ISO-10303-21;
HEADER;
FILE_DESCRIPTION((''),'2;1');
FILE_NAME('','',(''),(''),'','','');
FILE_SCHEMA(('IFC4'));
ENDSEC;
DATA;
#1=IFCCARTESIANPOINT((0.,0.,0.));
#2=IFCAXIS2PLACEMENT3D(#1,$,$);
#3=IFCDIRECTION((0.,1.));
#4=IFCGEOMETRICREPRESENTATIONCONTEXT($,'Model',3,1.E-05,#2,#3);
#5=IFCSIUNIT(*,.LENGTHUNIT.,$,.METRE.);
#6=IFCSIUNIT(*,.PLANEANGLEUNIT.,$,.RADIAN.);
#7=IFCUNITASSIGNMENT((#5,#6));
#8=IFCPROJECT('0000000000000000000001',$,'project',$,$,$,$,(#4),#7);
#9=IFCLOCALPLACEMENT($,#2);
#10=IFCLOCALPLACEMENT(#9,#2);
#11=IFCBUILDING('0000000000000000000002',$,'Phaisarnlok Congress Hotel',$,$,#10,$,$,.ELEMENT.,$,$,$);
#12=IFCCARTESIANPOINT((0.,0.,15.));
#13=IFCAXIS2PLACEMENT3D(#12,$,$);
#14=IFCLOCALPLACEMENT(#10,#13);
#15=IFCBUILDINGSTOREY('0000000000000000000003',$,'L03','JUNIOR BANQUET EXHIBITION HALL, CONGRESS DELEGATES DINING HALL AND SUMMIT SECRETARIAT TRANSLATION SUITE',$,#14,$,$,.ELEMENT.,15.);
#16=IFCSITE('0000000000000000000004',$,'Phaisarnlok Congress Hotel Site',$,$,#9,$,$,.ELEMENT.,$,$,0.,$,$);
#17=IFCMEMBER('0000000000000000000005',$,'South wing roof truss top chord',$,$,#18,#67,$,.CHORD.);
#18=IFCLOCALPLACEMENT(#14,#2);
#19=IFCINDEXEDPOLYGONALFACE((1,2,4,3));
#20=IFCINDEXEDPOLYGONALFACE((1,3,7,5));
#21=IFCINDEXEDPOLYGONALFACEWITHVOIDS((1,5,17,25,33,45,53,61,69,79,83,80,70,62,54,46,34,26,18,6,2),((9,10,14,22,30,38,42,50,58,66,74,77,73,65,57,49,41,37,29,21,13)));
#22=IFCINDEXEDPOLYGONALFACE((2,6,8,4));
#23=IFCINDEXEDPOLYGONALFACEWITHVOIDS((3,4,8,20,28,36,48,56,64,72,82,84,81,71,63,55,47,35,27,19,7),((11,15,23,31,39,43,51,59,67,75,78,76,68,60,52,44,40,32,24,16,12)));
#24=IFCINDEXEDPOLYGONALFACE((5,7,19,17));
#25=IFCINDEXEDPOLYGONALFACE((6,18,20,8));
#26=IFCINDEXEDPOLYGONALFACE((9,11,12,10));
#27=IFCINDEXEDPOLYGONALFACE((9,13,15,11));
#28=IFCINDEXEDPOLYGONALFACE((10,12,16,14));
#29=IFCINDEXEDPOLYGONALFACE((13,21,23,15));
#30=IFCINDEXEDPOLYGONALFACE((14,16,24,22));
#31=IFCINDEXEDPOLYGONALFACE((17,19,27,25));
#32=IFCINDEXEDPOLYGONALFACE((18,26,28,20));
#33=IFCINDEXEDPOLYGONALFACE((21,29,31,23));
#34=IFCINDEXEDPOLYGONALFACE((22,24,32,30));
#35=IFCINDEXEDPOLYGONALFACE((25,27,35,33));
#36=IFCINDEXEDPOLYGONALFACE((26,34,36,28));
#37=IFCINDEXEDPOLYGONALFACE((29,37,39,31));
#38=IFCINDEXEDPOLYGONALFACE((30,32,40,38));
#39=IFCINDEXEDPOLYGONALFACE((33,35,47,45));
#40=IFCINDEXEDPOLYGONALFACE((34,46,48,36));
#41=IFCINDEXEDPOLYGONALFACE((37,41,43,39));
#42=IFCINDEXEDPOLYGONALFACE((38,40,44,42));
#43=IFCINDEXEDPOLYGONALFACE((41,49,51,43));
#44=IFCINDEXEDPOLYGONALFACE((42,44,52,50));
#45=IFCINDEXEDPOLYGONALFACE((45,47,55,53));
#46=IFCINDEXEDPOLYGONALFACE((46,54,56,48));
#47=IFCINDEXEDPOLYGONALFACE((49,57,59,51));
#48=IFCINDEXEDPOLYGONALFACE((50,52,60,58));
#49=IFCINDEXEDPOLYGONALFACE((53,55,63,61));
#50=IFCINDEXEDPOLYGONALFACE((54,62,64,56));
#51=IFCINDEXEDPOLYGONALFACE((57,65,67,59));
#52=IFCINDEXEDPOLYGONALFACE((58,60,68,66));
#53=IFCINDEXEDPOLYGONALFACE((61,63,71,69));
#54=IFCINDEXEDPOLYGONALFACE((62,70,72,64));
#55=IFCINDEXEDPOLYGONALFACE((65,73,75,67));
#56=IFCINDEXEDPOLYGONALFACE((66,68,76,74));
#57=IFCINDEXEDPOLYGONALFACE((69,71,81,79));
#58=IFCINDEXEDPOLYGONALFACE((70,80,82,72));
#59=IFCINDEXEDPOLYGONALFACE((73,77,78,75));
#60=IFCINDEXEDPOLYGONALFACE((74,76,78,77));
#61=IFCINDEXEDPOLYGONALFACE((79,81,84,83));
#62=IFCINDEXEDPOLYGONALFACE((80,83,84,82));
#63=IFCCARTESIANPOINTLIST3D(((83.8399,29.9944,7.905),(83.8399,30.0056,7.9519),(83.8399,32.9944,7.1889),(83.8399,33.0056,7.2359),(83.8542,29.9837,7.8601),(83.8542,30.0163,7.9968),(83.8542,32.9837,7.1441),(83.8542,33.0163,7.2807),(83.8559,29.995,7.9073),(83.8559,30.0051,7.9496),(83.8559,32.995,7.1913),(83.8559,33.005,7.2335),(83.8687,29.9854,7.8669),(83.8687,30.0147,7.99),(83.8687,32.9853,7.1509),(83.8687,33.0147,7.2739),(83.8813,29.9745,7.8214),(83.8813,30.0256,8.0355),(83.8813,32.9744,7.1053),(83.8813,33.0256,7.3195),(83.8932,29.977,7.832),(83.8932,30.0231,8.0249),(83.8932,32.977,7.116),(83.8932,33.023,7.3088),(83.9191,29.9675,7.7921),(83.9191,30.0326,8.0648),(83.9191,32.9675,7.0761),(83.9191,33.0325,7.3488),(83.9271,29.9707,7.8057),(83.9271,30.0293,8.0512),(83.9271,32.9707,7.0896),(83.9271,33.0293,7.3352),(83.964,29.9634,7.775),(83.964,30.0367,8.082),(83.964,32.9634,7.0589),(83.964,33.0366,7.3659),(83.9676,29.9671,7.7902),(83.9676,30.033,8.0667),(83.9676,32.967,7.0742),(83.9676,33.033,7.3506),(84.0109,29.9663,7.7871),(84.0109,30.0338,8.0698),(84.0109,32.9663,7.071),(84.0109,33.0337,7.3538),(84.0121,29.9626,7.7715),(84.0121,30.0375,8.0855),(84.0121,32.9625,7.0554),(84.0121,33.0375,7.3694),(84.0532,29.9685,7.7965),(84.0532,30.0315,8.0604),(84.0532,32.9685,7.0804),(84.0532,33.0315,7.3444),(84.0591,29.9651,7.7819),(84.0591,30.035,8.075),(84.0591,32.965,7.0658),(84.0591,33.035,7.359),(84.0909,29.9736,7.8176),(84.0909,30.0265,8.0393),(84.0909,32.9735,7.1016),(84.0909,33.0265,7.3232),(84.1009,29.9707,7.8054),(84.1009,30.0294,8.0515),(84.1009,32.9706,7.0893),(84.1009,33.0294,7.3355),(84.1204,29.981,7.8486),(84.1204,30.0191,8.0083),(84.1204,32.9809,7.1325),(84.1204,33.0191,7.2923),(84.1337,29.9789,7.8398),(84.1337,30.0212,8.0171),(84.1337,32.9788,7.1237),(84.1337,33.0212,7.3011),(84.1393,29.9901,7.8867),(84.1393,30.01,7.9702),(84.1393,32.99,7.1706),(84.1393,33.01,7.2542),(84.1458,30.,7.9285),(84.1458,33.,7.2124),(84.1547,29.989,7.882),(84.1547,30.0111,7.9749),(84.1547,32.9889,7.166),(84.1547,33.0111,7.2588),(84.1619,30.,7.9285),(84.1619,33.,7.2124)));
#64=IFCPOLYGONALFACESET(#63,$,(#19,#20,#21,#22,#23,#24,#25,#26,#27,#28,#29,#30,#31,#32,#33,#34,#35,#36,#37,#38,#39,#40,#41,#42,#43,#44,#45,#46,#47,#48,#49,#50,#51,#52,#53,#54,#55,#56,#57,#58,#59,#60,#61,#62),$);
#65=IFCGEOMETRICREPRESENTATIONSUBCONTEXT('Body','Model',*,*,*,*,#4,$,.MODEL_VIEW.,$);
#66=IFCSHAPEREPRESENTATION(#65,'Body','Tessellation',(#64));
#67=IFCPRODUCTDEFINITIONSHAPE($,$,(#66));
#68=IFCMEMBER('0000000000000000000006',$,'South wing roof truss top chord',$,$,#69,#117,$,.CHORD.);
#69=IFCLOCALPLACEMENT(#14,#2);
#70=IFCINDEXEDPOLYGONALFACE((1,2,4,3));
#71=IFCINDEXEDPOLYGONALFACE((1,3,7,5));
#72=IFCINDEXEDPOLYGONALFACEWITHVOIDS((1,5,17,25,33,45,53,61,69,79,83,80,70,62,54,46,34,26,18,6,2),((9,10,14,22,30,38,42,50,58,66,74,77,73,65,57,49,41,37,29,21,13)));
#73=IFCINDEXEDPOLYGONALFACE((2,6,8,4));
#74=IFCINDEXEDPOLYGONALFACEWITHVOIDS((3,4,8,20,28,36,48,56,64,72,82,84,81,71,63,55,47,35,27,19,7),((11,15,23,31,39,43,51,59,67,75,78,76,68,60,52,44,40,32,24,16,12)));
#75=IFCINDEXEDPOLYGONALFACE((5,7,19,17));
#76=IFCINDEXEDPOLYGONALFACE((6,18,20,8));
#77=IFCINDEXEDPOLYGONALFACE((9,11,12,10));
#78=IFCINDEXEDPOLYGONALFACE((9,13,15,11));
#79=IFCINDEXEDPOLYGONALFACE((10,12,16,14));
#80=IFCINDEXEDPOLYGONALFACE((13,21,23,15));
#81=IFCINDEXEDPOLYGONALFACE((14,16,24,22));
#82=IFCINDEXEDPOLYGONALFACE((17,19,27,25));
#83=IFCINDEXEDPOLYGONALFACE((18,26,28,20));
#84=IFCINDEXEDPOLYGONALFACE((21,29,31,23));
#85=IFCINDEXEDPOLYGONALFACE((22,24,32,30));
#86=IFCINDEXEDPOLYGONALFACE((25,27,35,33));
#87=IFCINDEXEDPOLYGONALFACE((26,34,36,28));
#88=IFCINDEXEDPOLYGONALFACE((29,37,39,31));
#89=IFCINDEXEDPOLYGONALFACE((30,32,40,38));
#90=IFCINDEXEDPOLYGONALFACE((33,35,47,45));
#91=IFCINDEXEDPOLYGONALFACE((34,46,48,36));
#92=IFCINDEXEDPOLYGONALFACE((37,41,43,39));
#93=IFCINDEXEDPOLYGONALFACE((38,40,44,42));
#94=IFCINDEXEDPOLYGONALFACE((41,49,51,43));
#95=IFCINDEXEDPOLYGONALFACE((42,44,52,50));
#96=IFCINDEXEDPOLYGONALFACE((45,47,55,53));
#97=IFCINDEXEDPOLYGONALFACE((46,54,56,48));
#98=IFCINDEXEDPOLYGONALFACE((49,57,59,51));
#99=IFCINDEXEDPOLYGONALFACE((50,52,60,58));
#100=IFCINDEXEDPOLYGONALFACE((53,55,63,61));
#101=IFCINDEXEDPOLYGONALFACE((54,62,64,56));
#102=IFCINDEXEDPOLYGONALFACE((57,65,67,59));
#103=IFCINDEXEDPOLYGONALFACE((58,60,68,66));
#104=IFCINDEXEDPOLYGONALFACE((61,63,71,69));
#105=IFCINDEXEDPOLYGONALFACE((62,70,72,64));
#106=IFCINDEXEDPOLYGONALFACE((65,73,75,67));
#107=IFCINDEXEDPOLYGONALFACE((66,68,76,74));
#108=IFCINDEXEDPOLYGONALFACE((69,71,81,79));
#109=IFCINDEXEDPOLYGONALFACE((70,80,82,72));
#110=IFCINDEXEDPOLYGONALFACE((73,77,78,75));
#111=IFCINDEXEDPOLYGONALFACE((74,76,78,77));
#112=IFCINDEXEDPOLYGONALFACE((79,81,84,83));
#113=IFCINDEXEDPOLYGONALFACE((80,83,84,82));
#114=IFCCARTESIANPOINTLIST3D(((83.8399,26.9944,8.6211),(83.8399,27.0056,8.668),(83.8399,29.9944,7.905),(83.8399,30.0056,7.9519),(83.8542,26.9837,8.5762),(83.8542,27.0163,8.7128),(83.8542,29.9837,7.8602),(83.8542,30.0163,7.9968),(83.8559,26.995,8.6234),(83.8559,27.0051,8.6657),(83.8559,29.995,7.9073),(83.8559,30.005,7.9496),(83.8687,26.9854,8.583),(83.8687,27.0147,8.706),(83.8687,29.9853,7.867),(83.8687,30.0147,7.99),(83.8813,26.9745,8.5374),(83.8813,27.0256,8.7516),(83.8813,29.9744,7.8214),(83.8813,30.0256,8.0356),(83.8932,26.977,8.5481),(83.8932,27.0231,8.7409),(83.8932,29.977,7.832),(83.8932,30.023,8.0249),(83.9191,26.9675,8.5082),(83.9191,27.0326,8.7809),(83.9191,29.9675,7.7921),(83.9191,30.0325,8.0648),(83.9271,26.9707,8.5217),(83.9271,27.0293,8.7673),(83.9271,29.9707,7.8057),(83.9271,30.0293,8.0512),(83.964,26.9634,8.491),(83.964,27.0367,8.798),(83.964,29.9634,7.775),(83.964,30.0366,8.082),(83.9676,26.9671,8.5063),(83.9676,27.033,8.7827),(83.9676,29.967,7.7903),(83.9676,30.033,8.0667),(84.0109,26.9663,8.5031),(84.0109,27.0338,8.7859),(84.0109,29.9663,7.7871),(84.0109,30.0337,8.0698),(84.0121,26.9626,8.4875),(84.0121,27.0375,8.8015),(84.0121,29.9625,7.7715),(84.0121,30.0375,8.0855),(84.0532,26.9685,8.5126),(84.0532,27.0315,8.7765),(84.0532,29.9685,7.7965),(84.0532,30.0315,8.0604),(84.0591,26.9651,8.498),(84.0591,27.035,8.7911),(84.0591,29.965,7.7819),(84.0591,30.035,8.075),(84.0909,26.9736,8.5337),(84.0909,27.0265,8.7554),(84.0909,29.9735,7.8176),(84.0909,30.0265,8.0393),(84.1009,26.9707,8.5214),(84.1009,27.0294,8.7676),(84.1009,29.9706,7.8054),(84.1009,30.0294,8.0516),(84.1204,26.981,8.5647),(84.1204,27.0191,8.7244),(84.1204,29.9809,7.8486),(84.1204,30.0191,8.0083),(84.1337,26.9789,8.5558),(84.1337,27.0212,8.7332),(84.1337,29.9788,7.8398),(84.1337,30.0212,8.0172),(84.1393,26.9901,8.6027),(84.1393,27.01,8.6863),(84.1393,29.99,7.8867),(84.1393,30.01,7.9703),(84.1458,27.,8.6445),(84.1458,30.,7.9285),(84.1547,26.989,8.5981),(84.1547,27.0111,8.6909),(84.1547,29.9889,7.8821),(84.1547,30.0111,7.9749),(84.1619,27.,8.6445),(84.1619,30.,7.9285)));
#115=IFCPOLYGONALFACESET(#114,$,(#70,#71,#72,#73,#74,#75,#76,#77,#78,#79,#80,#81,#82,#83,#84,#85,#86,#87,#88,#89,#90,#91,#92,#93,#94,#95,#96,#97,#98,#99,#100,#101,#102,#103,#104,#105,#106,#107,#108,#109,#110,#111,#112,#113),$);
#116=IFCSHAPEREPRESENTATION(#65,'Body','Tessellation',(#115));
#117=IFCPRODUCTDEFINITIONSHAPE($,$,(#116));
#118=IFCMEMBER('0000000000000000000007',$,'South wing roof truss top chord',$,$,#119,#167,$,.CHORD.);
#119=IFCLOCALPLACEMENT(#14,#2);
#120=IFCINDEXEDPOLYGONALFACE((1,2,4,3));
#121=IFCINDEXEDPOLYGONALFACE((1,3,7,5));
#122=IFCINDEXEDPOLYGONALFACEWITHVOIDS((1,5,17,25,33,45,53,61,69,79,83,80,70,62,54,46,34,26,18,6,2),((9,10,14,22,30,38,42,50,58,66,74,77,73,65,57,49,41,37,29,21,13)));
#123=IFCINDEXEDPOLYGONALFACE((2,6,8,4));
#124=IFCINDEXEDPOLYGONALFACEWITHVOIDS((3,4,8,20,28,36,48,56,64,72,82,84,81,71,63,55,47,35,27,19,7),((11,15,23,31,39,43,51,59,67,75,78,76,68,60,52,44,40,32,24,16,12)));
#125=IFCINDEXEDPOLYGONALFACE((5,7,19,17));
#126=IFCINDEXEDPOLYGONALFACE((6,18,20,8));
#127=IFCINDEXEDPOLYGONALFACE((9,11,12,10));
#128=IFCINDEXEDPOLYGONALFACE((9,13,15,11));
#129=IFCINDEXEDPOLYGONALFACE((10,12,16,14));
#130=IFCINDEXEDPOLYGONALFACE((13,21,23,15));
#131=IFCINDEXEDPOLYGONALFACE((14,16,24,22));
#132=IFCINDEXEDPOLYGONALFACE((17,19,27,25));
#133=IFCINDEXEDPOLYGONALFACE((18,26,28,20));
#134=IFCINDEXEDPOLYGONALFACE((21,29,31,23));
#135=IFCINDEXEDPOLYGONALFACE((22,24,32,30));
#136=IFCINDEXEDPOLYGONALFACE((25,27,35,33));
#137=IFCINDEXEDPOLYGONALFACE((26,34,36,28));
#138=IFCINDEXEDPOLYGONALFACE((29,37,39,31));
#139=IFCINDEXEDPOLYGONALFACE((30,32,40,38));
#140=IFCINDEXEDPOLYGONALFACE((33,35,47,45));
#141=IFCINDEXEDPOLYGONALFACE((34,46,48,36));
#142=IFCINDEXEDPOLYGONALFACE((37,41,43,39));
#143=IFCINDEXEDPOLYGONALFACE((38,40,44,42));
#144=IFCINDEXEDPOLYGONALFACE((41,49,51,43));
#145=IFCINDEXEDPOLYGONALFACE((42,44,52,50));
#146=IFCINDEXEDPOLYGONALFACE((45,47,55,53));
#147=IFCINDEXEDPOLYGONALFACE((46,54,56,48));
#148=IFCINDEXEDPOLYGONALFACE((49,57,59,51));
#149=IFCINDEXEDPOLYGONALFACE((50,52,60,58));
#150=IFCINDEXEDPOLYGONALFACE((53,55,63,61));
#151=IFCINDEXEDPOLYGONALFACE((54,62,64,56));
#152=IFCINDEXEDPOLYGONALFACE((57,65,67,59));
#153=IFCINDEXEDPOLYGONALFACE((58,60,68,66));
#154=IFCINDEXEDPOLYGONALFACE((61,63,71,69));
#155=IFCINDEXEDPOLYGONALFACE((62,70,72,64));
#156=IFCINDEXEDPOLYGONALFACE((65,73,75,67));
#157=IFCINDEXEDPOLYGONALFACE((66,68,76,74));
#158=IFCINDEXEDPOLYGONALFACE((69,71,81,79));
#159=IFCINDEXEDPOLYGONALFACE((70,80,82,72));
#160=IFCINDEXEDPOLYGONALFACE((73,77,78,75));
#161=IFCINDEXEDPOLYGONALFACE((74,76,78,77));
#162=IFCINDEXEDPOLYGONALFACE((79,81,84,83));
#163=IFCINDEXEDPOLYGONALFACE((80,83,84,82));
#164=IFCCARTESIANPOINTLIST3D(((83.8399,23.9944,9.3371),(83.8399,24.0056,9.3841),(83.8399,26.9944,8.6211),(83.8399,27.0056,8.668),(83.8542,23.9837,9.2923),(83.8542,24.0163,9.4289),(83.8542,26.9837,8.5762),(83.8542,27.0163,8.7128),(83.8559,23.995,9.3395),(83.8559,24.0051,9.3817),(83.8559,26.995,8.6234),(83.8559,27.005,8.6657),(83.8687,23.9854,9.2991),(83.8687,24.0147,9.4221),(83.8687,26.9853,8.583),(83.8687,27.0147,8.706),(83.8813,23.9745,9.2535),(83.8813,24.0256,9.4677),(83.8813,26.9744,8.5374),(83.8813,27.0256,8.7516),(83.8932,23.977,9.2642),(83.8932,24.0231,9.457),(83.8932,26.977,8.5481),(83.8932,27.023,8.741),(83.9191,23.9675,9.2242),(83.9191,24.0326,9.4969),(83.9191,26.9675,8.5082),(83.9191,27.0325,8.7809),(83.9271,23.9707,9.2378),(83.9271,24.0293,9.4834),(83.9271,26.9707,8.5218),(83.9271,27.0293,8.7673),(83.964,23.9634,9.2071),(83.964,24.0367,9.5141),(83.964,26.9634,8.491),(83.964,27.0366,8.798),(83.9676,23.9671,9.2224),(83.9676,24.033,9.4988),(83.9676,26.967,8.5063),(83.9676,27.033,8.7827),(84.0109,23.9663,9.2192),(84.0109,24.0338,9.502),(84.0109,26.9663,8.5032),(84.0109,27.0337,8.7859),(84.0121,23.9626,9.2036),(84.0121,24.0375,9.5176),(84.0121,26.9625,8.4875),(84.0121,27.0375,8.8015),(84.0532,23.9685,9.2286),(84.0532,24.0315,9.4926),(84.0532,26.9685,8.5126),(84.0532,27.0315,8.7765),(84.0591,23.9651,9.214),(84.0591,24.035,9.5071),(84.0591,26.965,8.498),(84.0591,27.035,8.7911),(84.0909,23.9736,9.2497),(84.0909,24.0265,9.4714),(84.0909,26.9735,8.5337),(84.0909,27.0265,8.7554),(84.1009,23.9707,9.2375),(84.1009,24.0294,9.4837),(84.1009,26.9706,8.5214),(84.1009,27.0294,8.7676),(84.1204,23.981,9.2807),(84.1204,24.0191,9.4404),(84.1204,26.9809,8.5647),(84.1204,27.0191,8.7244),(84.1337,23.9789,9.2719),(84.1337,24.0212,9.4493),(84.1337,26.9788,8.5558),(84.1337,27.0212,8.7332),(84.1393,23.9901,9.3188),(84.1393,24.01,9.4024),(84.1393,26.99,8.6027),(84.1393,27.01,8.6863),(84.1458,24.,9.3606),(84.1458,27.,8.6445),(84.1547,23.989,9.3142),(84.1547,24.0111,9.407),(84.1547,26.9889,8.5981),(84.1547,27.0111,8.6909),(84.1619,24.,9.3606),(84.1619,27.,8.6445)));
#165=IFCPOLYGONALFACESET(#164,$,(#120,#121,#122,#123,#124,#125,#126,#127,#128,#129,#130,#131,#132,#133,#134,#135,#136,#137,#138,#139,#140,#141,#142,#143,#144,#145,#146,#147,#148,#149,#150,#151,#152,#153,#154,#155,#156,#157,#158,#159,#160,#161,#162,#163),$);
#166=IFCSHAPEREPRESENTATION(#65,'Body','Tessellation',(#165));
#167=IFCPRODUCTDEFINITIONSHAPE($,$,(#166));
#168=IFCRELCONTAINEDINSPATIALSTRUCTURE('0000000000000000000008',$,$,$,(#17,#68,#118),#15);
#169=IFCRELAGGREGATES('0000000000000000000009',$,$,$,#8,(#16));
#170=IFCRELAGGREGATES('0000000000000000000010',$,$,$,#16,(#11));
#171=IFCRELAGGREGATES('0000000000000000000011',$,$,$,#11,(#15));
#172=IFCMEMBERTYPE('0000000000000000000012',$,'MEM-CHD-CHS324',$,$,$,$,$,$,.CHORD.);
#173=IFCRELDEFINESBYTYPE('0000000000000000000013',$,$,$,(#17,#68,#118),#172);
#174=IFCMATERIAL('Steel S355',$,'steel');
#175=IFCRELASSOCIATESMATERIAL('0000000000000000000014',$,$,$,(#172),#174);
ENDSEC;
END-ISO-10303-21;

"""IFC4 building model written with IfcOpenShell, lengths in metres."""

from ifc_helpers import new_model, si_unit, direction, frame, origin, origin_2d, place, context, subcontext, project, spatial, hollow_circle, extrude, material, material_profile, profile_set, type_object, element, save


model = new_model("IFC4")

# Units and contexts
model_context = context("Model", 3, precision=1e-05, world=origin(), true_north=direction((0.0, 1.0)))
body_context = subcontext(model_context, "Body", "Model", "MODEL_VIEW")
ifc_project = project(units=[si_unit("LENGTHUNIT", "METRE"), si_unit("PLANEANGLEUNIT", "RADIAN")], contexts=[model_context])

# Site, building, storey
site_placement = place(None, origin())
site = spatial("IfcSite", under=ifc_project, at=site_placement, Name="Phaisarnlok Congress Hotel Site", CompositionType="ELEMENT", RefElevation=0.0)
building_placement = place(site_placement, origin())
building = spatial("IfcBuilding", under=site, at=building_placement, Name="Phaisarnlok Congress Hotel", CompositionType="ELEMENT")
storey_placement = place(building_placement, frame((0.0, 0.0, 15.0)))
storey = spatial("IfcBuildingStorey", under=building, at=storey_placement, Name="L03", Description="JUNIOR BANQUET EXHIBITION HALL, CONGRESS DELEGATES DINING HALL AND SUMMIT SECRETARIAT TRANSLATION SUITE", CompositionType="ELEMENT", Elevation=15.0)

# Shared definitions
ifc_material_1 = material(Name="Steel S355", Category="steel")

# Members
ifc_material_profile_1 = material_profile(ifc_material_1, hollow_circle(Radius=0.1619, WallThickness=0.0161, at=origin_2d()), Name="CHS 323.9x16")
ifc_profile_set_1 = profile_set([ifc_material_profile_1], Name="Steel S355")
member_type_1 = type_object("IfcMemberType", Name="MEM-CHD-CHS324", PredefinedType="CHORD", material=ifc_profile_set_1)
for number, where, z_axis, x_axis, name in (
    (1, (84.0, 33.0, 7.2124), (0.0, -0.972676, 0.232166), (1.0, 0.0, 0.0), "South wing roof truss top chord"),
    (2, (84.0, 30.0, 7.9285), (0.0, -0.972676, 0.232166), (1.0, 0.0, 0.0), "South wing roof truss top chord"),
    (3, (84.0, 27.0, 8.6445), (0.0, -0.972676, 0.232166), (1.0, 0.0, 0.0), "South wing roof truss top chord"),
):
    element("IfcMember", number, at=place(storey_placement, frame(where, z_axis=z_axis, x_axis=x_axis)), inside=storey, type_object=member_type_1, Name=name, PredefinedType="CHORD", context=body_context, shape_type="SweptSolid", body=[
        extrude(hollow_circle(Radius=0.1619, WallThickness=0.0161, at=origin_2d()), origin(), (0.0, 0.0, 1.0), 3.0842),
    ])

save(model, "model.ifc")
